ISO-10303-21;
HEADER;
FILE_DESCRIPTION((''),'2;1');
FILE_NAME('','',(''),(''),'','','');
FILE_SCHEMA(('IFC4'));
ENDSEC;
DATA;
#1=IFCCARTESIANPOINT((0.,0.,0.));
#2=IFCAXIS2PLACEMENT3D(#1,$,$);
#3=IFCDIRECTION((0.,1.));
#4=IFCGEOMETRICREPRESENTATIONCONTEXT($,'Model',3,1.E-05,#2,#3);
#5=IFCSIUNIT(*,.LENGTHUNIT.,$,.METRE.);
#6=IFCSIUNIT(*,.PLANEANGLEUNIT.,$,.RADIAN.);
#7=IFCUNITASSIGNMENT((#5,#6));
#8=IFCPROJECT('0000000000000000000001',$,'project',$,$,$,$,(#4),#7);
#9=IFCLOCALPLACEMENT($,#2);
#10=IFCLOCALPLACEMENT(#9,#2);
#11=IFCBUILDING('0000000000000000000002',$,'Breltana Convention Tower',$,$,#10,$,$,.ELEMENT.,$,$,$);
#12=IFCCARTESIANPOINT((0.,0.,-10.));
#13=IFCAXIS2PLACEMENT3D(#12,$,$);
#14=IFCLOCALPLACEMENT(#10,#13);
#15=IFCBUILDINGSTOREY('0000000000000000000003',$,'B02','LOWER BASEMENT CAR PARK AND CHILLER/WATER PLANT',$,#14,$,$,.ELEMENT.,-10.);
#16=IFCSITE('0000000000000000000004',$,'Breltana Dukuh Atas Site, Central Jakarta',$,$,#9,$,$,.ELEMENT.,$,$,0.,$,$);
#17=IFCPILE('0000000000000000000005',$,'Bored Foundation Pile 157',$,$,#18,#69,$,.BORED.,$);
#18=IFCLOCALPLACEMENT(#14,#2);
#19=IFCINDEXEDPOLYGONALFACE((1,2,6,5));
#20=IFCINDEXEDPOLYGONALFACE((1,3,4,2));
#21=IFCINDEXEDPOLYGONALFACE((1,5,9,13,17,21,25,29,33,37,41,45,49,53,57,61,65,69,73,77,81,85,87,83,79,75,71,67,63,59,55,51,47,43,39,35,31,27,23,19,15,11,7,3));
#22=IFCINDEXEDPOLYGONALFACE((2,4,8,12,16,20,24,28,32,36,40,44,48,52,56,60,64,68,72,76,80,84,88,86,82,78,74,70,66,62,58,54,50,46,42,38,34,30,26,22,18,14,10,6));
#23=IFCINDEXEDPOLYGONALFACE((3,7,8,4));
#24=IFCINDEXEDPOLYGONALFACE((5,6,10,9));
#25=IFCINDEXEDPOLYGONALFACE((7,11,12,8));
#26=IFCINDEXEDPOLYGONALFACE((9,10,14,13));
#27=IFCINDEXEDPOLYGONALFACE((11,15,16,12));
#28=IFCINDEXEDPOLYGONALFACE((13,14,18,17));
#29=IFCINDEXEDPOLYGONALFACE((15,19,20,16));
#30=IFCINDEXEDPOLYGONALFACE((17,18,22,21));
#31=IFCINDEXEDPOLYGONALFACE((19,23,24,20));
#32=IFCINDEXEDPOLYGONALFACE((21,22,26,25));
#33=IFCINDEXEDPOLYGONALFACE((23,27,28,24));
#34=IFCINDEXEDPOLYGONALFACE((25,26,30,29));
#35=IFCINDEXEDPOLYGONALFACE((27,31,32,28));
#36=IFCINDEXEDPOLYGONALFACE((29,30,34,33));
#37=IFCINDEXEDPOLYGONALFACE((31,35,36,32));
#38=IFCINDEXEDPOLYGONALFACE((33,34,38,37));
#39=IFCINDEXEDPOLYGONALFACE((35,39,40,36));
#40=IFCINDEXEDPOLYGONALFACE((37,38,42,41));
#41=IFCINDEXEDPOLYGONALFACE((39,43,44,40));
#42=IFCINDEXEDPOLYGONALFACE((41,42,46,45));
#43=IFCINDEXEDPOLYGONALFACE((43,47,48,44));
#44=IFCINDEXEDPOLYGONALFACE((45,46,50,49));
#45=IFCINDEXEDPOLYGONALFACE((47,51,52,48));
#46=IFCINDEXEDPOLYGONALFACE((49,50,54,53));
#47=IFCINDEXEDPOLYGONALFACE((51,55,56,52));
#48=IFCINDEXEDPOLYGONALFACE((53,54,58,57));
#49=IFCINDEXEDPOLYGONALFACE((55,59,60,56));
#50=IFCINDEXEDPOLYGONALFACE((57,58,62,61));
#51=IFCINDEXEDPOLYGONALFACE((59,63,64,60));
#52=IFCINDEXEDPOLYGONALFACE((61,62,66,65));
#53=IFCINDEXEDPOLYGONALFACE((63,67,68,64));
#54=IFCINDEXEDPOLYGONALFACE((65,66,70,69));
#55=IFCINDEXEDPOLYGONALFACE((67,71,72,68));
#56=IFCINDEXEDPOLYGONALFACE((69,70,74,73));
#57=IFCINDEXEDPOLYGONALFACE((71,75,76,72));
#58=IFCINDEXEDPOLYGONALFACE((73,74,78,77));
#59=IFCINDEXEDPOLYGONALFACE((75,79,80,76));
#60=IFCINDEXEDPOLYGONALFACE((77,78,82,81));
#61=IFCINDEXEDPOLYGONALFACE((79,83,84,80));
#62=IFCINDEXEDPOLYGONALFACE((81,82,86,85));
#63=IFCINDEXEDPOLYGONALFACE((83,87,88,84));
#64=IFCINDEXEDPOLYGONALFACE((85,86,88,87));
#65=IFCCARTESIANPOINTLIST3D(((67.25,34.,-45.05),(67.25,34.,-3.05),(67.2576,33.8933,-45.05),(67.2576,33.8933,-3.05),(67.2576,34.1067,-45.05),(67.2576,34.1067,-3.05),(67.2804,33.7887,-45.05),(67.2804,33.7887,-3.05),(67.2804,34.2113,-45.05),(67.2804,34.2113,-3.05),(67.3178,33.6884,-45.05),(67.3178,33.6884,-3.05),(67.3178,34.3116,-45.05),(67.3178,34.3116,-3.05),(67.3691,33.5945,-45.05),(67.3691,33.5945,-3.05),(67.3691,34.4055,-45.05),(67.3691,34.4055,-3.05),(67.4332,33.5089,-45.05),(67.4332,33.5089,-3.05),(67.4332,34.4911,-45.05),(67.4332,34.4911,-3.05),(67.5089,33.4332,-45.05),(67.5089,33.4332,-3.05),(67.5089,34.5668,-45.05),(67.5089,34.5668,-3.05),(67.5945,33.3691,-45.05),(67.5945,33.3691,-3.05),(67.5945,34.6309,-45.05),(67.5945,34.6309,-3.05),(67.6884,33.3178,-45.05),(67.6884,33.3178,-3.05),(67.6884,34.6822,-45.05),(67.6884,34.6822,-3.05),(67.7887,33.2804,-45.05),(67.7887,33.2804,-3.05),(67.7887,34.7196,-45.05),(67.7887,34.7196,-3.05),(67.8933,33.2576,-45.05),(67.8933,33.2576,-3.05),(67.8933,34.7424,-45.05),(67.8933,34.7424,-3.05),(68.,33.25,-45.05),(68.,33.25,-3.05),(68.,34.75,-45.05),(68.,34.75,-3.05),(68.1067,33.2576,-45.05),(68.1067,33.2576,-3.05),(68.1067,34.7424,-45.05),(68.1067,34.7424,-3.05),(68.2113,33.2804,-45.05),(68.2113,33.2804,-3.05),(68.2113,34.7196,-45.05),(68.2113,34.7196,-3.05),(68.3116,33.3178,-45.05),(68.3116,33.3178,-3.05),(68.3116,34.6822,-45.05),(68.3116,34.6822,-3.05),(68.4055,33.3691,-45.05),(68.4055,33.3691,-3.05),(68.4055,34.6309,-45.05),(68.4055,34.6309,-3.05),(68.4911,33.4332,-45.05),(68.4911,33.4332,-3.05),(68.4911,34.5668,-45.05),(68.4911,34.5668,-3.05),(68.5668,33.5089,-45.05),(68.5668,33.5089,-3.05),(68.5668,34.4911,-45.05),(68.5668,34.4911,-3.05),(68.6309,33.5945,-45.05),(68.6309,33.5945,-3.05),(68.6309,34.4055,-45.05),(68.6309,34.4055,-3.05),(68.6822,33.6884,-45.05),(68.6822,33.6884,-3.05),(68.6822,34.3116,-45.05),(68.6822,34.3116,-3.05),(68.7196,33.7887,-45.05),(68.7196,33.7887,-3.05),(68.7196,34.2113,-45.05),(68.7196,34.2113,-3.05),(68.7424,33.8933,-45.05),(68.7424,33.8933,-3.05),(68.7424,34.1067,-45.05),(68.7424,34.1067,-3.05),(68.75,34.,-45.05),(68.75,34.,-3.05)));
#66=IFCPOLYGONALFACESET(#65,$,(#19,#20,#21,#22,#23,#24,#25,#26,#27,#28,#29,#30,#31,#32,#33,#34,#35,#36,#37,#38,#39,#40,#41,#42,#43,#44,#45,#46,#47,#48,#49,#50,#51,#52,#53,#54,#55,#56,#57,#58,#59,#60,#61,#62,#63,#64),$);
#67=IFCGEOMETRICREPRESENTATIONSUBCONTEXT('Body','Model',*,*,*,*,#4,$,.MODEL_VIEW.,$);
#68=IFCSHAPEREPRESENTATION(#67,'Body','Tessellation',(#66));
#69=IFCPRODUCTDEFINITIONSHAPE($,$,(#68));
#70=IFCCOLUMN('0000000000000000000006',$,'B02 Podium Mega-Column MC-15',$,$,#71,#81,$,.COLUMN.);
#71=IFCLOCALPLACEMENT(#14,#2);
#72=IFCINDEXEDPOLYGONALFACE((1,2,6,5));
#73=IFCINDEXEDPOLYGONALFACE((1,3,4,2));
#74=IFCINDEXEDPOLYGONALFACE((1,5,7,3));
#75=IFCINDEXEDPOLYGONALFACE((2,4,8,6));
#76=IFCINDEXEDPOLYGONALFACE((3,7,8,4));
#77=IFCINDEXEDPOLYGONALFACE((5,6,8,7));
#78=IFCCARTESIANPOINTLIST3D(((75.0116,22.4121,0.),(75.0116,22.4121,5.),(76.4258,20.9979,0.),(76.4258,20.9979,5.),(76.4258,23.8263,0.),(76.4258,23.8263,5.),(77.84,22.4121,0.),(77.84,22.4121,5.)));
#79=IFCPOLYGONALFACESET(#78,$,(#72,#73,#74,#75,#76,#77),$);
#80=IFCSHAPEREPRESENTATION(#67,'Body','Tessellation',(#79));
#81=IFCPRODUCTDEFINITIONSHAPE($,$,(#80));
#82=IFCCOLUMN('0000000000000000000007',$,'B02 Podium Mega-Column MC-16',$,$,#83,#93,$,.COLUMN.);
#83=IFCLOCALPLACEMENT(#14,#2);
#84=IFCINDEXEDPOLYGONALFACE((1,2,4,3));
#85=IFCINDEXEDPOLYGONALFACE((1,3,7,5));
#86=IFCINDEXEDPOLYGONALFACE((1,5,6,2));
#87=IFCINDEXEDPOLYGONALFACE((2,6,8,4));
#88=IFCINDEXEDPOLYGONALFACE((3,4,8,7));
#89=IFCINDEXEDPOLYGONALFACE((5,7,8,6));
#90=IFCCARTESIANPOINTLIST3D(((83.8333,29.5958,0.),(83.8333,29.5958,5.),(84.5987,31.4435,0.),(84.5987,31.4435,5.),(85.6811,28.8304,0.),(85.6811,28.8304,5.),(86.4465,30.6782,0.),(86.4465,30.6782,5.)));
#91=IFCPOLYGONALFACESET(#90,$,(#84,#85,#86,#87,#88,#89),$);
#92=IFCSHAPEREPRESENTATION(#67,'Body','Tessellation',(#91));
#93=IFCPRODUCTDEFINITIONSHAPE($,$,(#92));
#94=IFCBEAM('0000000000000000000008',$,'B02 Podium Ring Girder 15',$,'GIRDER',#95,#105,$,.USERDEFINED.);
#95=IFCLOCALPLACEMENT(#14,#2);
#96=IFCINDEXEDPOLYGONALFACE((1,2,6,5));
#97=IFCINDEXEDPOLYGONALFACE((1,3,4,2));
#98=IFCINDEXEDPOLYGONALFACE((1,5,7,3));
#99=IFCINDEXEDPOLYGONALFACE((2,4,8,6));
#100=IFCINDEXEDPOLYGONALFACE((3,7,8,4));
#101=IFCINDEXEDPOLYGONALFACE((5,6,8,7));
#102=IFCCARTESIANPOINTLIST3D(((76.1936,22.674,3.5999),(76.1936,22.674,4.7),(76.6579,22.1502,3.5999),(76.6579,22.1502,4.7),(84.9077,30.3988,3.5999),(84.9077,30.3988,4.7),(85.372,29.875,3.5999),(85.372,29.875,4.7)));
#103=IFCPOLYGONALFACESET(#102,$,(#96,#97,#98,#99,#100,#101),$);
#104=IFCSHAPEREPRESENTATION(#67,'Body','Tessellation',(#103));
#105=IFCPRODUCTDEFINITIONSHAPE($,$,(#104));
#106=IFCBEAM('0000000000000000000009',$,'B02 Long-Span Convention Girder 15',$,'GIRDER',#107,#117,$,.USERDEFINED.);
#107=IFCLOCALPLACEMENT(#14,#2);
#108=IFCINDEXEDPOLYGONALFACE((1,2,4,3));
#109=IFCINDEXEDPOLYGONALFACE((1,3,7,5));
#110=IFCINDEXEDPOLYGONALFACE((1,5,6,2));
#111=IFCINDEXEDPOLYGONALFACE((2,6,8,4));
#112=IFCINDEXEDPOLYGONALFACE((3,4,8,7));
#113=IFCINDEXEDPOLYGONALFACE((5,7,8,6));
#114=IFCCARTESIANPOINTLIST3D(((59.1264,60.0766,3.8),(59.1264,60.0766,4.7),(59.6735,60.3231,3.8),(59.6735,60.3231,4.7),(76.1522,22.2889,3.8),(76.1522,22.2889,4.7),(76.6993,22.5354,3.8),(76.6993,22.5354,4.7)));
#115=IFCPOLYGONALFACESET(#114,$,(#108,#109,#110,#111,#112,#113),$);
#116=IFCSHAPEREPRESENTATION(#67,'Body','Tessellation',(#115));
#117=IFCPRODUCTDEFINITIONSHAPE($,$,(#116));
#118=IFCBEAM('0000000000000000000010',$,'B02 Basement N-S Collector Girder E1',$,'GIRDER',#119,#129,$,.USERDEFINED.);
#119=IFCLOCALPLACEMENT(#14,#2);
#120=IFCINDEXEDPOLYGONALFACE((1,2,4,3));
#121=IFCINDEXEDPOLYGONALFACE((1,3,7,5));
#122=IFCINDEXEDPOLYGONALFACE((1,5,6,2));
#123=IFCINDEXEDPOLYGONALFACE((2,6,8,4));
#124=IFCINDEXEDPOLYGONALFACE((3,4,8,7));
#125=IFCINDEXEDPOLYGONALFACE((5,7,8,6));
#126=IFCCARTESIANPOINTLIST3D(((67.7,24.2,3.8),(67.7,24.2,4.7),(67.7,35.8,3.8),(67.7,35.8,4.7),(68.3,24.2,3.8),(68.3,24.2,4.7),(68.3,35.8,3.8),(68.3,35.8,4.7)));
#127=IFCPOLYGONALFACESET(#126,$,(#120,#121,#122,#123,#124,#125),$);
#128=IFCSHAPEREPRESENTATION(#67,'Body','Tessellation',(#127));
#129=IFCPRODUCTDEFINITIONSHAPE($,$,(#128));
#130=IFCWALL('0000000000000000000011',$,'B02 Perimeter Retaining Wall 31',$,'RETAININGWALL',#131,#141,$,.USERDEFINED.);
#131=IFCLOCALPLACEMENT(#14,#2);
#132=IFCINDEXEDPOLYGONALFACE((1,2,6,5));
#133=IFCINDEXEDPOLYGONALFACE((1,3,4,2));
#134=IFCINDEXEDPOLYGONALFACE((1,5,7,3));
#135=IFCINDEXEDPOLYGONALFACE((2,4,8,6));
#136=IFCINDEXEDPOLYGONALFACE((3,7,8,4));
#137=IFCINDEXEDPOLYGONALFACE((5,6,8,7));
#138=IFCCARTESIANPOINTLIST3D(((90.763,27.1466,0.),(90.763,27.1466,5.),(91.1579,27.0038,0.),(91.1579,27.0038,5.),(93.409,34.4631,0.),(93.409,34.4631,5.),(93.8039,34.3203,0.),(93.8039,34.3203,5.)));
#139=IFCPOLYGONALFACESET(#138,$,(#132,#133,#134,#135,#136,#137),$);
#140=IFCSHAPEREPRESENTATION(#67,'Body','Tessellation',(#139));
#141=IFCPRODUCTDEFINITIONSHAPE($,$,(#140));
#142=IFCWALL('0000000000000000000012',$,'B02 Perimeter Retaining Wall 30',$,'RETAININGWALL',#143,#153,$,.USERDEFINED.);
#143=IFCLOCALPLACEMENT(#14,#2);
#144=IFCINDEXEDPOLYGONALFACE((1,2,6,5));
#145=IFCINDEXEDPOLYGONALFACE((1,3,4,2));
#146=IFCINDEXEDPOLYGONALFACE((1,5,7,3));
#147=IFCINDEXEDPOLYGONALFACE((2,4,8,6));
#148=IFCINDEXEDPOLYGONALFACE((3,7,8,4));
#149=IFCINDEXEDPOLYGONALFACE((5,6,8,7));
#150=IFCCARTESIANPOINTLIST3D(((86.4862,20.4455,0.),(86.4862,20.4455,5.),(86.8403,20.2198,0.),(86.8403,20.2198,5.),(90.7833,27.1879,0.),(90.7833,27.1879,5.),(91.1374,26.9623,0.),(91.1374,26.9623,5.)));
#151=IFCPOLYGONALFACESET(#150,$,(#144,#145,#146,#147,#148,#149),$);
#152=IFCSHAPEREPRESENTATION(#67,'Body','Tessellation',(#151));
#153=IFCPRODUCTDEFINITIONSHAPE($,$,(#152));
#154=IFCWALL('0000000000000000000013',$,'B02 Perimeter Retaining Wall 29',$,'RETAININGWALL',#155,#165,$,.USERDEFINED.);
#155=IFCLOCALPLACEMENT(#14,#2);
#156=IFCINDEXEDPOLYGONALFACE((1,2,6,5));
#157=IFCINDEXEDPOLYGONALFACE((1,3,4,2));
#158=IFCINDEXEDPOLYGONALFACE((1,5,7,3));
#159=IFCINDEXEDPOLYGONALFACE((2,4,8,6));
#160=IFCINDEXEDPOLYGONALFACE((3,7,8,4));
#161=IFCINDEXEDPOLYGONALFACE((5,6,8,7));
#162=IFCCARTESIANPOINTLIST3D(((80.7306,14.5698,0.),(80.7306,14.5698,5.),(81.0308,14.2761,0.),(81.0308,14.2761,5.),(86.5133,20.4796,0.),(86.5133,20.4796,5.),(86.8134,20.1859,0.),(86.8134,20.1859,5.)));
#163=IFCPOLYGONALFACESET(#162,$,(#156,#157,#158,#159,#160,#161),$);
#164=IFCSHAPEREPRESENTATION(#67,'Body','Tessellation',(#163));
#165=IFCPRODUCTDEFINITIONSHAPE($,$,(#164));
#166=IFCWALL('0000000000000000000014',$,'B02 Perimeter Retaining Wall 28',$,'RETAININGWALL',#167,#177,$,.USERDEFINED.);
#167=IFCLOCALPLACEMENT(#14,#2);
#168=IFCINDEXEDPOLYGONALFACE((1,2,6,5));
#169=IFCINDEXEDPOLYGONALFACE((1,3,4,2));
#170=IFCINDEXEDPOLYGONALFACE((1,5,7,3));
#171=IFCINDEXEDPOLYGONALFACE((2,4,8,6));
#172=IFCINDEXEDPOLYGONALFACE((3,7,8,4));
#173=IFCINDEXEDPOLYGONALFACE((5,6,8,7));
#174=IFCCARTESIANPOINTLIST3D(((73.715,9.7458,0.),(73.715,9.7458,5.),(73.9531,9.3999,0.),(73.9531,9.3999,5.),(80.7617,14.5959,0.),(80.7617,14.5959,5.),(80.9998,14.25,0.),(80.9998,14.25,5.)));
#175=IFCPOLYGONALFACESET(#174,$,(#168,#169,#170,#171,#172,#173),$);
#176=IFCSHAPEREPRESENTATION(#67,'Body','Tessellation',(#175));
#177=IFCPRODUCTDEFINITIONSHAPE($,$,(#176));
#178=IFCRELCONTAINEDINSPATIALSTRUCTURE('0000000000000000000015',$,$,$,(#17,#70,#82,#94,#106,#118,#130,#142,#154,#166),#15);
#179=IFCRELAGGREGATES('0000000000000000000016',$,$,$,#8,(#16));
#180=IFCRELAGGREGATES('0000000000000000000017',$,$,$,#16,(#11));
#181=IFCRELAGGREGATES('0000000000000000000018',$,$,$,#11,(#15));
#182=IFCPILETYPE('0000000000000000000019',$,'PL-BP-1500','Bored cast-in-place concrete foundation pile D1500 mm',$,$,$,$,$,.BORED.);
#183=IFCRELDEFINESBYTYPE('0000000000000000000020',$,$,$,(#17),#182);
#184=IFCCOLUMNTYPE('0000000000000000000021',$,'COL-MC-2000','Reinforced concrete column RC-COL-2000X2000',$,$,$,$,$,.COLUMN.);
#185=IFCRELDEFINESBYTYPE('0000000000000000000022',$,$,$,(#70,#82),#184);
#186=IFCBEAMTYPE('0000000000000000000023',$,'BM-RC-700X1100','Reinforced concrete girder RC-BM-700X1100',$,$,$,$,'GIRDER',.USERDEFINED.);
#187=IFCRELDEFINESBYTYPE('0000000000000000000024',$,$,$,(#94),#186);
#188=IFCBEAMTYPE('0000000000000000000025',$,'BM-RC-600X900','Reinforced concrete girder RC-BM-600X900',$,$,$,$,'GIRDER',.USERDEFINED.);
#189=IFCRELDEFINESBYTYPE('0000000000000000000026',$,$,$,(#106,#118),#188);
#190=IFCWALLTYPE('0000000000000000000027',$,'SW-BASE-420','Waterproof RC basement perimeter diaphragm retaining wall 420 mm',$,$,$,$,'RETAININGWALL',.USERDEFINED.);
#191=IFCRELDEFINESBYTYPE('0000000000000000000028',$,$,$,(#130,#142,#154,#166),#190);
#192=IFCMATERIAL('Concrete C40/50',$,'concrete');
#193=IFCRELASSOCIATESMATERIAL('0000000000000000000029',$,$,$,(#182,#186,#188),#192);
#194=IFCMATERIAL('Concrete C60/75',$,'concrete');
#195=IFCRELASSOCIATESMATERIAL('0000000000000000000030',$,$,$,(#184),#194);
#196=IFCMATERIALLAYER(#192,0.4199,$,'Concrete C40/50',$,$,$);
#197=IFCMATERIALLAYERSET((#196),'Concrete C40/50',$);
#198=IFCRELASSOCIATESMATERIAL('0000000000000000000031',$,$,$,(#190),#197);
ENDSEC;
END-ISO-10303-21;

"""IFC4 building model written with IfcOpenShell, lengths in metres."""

from ifc_helpers import new_model, si_unit, direction, frame, frame_2d, origin, origin_2d, place, context, subcontext, project, spatial, rectangle, circle, extrude, source, transform, mapped, material, layer, layer_set, material_profile, profile_set, type_object, type_shapes, element, save


model = new_model("IFC4")

# Units and contexts
model_context = context("Model", 3, precision=1e-05, world=origin(), true_north=direction((0.0, 1.0)))
body_context = subcontext(model_context, "Body", "Model", "MODEL_VIEW")
ifc_project = project(units=[si_unit("LENGTHUNIT", "METRE"), si_unit("PLANEANGLEUNIT", "RADIAN")], contexts=[model_context])

# Site, building, storey
site_placement = place(None, origin())
site = spatial("IfcSite", under=ifc_project, at=site_placement, Name="Breltana Dukuh Atas Site, Central Jakarta", CompositionType="ELEMENT", RefElevation=0.0)
building_placement = place(site_placement, origin())
building = spatial("IfcBuilding", under=site, at=building_placement, Name="Breltana Convention Tower", CompositionType="ELEMENT")
storey_placement = place(building_placement, frame((0.0, 0.0, -10.0)))
storey = spatial("IfcBuildingStorey", under=building, at=storey_placement, Name="B02", Description="LOWER BASEMENT CAR PARK AND CHILLER/WATER PLANT", CompositionType="ELEMENT", Elevation=-10.0)

# Pile
ifc_material_1 = material(Name="Concrete C40/50", Category="concrete")
ifc_material_profile_1 = material_profile(ifc_material_1, circle(Radius=0.75, at=origin_2d()), Name="BP-D1500")
ifc_profile_set_1 = profile_set([ifc_material_profile_1], Name="Concrete C40/50")
pile_type_1 = type_object("IfcPileType", Name="PL-BP-1500", Description="Bored cast-in-place concrete foundation pile D1500 mm", PredefinedType="BORED", material=ifc_profile_set_1)
shared_shape_1 = source(origin(), body_context, "Body", "SweptSolid", [
    extrude(circle(Radius=0.75, at=origin_2d()), origin(), (0.0, 0.0, 1.0), 42.0),
])
type_shapes(pile_type_1, [shared_shape_1])
pile_placement = place(storey_placement, frame((68.0, 34.0, -3.05), z_axis=(0.0, 0.0, -1.0), x_axis=(1.0, 0.0, 0.0)))
element("IfcPile", 1, at=pile_placement, inside=storey, type_object=pile_type_1, Name="Bored Foundation Pile 157", PredefinedType="BORED", context=body_context, shape_type="MappedRepresentation", body=[
    mapped(shared_shape_1, transform((0.0, 0.0, 0.0), scale=1.0)),
])

# Columns
ifc_material_2 = material(Name="Concrete C60/75", Category="concrete")
ifc_material_profile_2 = material_profile(ifc_material_2, rectangle(XDim=2.0, YDim=2.0, at=origin_2d()), Name="RC-COL-2000X2000")
ifc_profile_set_2 = profile_set([ifc_material_profile_2], Name="Concrete C60/75")
column_type = type_object("IfcColumnType", Name="COL-MC-2000", Description="Reinforced concrete column RC-COL-2000X2000", PredefinedType="COLUMN", material=ifc_profile_set_2)
shared_shape_2 = source(origin(), body_context, "Body", "SweptSolid", [
    extrude(rectangle(XDim=2.0, YDim=2.0, at=origin_2d()), origin(), (0.0, 0.0, 1.0), 5.0),
])
type_shapes(column_type, [shared_shape_2])
for number, where, z_axis, x_axis, name in (
    (2, (76.4258, 22.4121, 0.0), (0.0, 0.0, 1.0), (0.707107, -0.707107, 0.0), "B02 Podium Mega-Column MC-15"),
    (3, (85.1399, 30.137, 0.0), (0.0, 0.0, 1.0), (0.92388, -0.382683, 0.0), "B02 Podium Mega-Column MC-16"),
):
    element("IfcColumn", number, at=place(storey_placement, frame(where, z_axis=z_axis, x_axis=x_axis)), inside=storey, type_object=column_type, Name=name, PredefinedType="COLUMN", context=body_context, shape_type="MappedRepresentation", body=[
        mapped(shared_shape_2, transform((0.0, 0.0, 0.0), scale=1.0)),
    ])

# Beams
ifc_material_profile_3 = material_profile(ifc_material_1, rectangle(XDim=0.7, YDim=1.1001, at=origin_2d()), Name="RC-BM-700X1100")
ifc_profile_set_3 = profile_set([ifc_material_profile_3], Name="Concrete C40/50")
beam_type_1 = type_object("IfcBeamType", Name="BM-RC-700X1100", Description="Reinforced concrete girder RC-BM-700X1100", ElementType="GIRDER", PredefinedType="USERDEFINED", material=ifc_profile_set_3)
shared_shape_3 = source(origin(), body_context, "Body", "SweptSolid", [
    extrude(rectangle(XDim=0.7, YDim=1.1001, at=origin_2d()), origin(), (0.0, 0.0, 1.0), 11.645),
])
beam_1_placement = place(storey_placement, frame((76.4258, 22.4121, 4.1499), z_axis=(0.748305, 0.663355, 0.0), x_axis=(-0.663355, 0.748305, 0.0)))
element("IfcBeam", 4, at=beam_1_placement, inside=storey, type_object=beam_type_1, Name="B02 Podium Ring Girder 15", ObjectType="GIRDER", PredefinedType="USERDEFINED", context=body_context, shape_type="MappedRepresentation", body=[
    mapped(shared_shape_3, transform((0.0, 0.0, 0.0), scale=1.0)),
])
ifc_material_profile_4 = material_profile(ifc_material_1, rectangle(XDim=0.6001, YDim=0.8999, at=origin_2d()), Name="RC-BM-600X900")
ifc_profile_set_4 = profile_set([ifc_material_profile_4], Name="Concrete C40/50")
beam_type_2 = type_object("IfcBeamType", Name="BM-RC-600X900", Description="Reinforced concrete girder RC-BM-600X900", ElementType="GIRDER", PredefinedType="USERDEFINED", material=ifc_profile_set_4)
shared_shape_4 = source(origin(), body_context, "Body", "SweptSolid", [
    extrude(rectangle(XDim=0.6001, YDim=0.8999, at=origin_2d()), origin(), (0.0, 0.0, 1.0), 41.4463),
])
beam_2_placement = place(storey_placement, frame((76.4258, 22.4121, 4.25), z_axis=(-0.410793, 0.911729, 0.0), x_axis=(-0.911729, -0.410793, 0.0)))
element("IfcBeam", 5, at=beam_2_placement, inside=storey, type_object=beam_type_2, Name="B02 Long-Span Convention Girder 15", ObjectType="GIRDER", PredefinedType="USERDEFINED", context=body_context, shape_type="MappedRepresentation", body=[
    mapped(shared_shape_4, transform((0.0, 0.0, 0.0), scale=1.0)),
])
shared_shape_5 = source(origin(), body_context, "Body", "SweptSolid", [
    extrude(rectangle(XDim=0.6001, YDim=0.8999, at=origin_2d()), origin(), (0.0, 0.0, 1.0), 11.6001),
])
beam_3_placement = place(storey_placement, frame((68.0, 24.2, 4.25), z_axis=(0.0, 1.0, 0.0), x_axis=(-1.0, 0.0, 0.0)))
element("IfcBeam", 6, at=beam_3_placement, inside=storey, type_object=beam_type_2, Name="B02 Basement N-S Collector Girder E1", ObjectType="GIRDER", PredefinedType="USERDEFINED", context=body_context, shape_type="MappedRepresentation", body=[
    mapped(shared_shape_5, transform((0.0, 0.0, 0.0), scale=1.0)),
])

# Walls
ifc_layer_1 = layer(ifc_material_1, 0.4199, Name="Concrete C40/50")
ifc_layer_set_1 = layer_set([ifc_layer_1], Name="Concrete C40/50")
wall_type_1 = type_object("IfcWallType", Name="SW-BASE-420", Description="Waterproof RC basement perimeter diaphragm retaining wall 420 mm", ElementType="RETAININGWALL", PredefinedType="USERDEFINED", material=ifc_layer_set_1)
shared_shape_6 = source(origin(), body_context, "Body", "SweptSolid", [
    extrude(rectangle(XDim=7.7803, YDim=0.4199, at=frame_2d((3.8901, 0.0))), origin(), (0.0, 0.0, 1.0), 5.0),
])
wall_1_placement = place(storey_placement, frame((90.9604, 27.0752, 0.0), z_axis=(0.0, 0.0, 1.0), x_axis=(0.340095, 0.940391, 0.0)))
element("IfcWall", 7, at=wall_1_placement, inside=storey, type_object=wall_type_1, Name="B02 Perimeter Retaining Wall 31", ObjectType="RETAININGWALL", PredefinedType="USERDEFINED", context=body_context, shape_type="MappedRepresentation", body=[
    mapped(shared_shape_6, transform((0.0, 0.0, 0.0), scale=1.0)),
])
shared_shape_7 = source(origin(), body_context, "Body", "SweptSolid", [
    extrude(rectangle(XDim=7.9954, YDim=0.4199, at=frame_2d((3.9976, 0.0))), origin(), (0.0, 0.0, 1.0), 5.0),
])
wall_2_placement = place(storey_placement, frame((86.6633, 20.3328, 0.0), z_axis=(0.0, 0.0, 1.0), x_axis=(0.537452, 0.843294, 0.0)))
element("IfcWall", 8, at=wall_2_placement, inside=storey, type_object=wall_type_1, Name="B02 Perimeter Retaining Wall 30", ObjectType="RETAININGWALL", PredefinedType="USERDEFINED", context=body_context, shape_type="MappedRepresentation", body=[
    mapped(shared_shape_7, transform((0.0, 0.0, 0.0), scale=1.0)),
])
shared_shape_8 = source(origin(), body_context, "Body", "SweptSolid", [
    extrude(rectangle(XDim=8.2683, YDim=0.4199, at=frame_2d((4.1343, 0.0))), origin(), (0.0, 0.0, 1.0), 5.0),
])
wall_3_placement = place(storey_placement, frame((80.8806, 14.4229, 0.0), z_axis=(0.0, 0.0, 1.0), x_axis=(0.699373, 0.714757, 0.0)))
element("IfcWall", 9, at=wall_3_placement, inside=storey, type_object=wall_type_1, Name="B02 Perimeter Retaining Wall 29", ObjectType="RETAININGWALL", PredefinedType="USERDEFINED", context=body_context, shape_type="MappedRepresentation", body=[
    mapped(shared_shape_8, transform((0.0, 0.0, 0.0), scale=1.0)),
])
shared_shape_9 = source(origin(), body_context, "Body", "SweptSolid", [
    extrude(rectangle(XDim=8.5544, YDim=0.4199, at=frame_2d((4.2773, 0.0))), origin(), (0.0, 0.0, 1.0), 5.0),
])
wall_4_placement = place(storey_placement, frame((73.834, 9.5728, 0.0), z_axis=(0.0, 0.0, 1.0), x_axis=(0.82374, 0.566968, 0.0)))
element("IfcWall", 10, at=wall_4_placement, inside=storey, type_object=wall_type_1, Name="B02 Perimeter Retaining Wall 28", ObjectType="RETAININGWALL", PredefinedType="USERDEFINED", context=body_context, shape_type="MappedRepresentation", body=[
    mapped(shared_shape_9, transform((0.0, 0.0, 0.0), scale=1.0)),
])

save(model, "model.ifc")
